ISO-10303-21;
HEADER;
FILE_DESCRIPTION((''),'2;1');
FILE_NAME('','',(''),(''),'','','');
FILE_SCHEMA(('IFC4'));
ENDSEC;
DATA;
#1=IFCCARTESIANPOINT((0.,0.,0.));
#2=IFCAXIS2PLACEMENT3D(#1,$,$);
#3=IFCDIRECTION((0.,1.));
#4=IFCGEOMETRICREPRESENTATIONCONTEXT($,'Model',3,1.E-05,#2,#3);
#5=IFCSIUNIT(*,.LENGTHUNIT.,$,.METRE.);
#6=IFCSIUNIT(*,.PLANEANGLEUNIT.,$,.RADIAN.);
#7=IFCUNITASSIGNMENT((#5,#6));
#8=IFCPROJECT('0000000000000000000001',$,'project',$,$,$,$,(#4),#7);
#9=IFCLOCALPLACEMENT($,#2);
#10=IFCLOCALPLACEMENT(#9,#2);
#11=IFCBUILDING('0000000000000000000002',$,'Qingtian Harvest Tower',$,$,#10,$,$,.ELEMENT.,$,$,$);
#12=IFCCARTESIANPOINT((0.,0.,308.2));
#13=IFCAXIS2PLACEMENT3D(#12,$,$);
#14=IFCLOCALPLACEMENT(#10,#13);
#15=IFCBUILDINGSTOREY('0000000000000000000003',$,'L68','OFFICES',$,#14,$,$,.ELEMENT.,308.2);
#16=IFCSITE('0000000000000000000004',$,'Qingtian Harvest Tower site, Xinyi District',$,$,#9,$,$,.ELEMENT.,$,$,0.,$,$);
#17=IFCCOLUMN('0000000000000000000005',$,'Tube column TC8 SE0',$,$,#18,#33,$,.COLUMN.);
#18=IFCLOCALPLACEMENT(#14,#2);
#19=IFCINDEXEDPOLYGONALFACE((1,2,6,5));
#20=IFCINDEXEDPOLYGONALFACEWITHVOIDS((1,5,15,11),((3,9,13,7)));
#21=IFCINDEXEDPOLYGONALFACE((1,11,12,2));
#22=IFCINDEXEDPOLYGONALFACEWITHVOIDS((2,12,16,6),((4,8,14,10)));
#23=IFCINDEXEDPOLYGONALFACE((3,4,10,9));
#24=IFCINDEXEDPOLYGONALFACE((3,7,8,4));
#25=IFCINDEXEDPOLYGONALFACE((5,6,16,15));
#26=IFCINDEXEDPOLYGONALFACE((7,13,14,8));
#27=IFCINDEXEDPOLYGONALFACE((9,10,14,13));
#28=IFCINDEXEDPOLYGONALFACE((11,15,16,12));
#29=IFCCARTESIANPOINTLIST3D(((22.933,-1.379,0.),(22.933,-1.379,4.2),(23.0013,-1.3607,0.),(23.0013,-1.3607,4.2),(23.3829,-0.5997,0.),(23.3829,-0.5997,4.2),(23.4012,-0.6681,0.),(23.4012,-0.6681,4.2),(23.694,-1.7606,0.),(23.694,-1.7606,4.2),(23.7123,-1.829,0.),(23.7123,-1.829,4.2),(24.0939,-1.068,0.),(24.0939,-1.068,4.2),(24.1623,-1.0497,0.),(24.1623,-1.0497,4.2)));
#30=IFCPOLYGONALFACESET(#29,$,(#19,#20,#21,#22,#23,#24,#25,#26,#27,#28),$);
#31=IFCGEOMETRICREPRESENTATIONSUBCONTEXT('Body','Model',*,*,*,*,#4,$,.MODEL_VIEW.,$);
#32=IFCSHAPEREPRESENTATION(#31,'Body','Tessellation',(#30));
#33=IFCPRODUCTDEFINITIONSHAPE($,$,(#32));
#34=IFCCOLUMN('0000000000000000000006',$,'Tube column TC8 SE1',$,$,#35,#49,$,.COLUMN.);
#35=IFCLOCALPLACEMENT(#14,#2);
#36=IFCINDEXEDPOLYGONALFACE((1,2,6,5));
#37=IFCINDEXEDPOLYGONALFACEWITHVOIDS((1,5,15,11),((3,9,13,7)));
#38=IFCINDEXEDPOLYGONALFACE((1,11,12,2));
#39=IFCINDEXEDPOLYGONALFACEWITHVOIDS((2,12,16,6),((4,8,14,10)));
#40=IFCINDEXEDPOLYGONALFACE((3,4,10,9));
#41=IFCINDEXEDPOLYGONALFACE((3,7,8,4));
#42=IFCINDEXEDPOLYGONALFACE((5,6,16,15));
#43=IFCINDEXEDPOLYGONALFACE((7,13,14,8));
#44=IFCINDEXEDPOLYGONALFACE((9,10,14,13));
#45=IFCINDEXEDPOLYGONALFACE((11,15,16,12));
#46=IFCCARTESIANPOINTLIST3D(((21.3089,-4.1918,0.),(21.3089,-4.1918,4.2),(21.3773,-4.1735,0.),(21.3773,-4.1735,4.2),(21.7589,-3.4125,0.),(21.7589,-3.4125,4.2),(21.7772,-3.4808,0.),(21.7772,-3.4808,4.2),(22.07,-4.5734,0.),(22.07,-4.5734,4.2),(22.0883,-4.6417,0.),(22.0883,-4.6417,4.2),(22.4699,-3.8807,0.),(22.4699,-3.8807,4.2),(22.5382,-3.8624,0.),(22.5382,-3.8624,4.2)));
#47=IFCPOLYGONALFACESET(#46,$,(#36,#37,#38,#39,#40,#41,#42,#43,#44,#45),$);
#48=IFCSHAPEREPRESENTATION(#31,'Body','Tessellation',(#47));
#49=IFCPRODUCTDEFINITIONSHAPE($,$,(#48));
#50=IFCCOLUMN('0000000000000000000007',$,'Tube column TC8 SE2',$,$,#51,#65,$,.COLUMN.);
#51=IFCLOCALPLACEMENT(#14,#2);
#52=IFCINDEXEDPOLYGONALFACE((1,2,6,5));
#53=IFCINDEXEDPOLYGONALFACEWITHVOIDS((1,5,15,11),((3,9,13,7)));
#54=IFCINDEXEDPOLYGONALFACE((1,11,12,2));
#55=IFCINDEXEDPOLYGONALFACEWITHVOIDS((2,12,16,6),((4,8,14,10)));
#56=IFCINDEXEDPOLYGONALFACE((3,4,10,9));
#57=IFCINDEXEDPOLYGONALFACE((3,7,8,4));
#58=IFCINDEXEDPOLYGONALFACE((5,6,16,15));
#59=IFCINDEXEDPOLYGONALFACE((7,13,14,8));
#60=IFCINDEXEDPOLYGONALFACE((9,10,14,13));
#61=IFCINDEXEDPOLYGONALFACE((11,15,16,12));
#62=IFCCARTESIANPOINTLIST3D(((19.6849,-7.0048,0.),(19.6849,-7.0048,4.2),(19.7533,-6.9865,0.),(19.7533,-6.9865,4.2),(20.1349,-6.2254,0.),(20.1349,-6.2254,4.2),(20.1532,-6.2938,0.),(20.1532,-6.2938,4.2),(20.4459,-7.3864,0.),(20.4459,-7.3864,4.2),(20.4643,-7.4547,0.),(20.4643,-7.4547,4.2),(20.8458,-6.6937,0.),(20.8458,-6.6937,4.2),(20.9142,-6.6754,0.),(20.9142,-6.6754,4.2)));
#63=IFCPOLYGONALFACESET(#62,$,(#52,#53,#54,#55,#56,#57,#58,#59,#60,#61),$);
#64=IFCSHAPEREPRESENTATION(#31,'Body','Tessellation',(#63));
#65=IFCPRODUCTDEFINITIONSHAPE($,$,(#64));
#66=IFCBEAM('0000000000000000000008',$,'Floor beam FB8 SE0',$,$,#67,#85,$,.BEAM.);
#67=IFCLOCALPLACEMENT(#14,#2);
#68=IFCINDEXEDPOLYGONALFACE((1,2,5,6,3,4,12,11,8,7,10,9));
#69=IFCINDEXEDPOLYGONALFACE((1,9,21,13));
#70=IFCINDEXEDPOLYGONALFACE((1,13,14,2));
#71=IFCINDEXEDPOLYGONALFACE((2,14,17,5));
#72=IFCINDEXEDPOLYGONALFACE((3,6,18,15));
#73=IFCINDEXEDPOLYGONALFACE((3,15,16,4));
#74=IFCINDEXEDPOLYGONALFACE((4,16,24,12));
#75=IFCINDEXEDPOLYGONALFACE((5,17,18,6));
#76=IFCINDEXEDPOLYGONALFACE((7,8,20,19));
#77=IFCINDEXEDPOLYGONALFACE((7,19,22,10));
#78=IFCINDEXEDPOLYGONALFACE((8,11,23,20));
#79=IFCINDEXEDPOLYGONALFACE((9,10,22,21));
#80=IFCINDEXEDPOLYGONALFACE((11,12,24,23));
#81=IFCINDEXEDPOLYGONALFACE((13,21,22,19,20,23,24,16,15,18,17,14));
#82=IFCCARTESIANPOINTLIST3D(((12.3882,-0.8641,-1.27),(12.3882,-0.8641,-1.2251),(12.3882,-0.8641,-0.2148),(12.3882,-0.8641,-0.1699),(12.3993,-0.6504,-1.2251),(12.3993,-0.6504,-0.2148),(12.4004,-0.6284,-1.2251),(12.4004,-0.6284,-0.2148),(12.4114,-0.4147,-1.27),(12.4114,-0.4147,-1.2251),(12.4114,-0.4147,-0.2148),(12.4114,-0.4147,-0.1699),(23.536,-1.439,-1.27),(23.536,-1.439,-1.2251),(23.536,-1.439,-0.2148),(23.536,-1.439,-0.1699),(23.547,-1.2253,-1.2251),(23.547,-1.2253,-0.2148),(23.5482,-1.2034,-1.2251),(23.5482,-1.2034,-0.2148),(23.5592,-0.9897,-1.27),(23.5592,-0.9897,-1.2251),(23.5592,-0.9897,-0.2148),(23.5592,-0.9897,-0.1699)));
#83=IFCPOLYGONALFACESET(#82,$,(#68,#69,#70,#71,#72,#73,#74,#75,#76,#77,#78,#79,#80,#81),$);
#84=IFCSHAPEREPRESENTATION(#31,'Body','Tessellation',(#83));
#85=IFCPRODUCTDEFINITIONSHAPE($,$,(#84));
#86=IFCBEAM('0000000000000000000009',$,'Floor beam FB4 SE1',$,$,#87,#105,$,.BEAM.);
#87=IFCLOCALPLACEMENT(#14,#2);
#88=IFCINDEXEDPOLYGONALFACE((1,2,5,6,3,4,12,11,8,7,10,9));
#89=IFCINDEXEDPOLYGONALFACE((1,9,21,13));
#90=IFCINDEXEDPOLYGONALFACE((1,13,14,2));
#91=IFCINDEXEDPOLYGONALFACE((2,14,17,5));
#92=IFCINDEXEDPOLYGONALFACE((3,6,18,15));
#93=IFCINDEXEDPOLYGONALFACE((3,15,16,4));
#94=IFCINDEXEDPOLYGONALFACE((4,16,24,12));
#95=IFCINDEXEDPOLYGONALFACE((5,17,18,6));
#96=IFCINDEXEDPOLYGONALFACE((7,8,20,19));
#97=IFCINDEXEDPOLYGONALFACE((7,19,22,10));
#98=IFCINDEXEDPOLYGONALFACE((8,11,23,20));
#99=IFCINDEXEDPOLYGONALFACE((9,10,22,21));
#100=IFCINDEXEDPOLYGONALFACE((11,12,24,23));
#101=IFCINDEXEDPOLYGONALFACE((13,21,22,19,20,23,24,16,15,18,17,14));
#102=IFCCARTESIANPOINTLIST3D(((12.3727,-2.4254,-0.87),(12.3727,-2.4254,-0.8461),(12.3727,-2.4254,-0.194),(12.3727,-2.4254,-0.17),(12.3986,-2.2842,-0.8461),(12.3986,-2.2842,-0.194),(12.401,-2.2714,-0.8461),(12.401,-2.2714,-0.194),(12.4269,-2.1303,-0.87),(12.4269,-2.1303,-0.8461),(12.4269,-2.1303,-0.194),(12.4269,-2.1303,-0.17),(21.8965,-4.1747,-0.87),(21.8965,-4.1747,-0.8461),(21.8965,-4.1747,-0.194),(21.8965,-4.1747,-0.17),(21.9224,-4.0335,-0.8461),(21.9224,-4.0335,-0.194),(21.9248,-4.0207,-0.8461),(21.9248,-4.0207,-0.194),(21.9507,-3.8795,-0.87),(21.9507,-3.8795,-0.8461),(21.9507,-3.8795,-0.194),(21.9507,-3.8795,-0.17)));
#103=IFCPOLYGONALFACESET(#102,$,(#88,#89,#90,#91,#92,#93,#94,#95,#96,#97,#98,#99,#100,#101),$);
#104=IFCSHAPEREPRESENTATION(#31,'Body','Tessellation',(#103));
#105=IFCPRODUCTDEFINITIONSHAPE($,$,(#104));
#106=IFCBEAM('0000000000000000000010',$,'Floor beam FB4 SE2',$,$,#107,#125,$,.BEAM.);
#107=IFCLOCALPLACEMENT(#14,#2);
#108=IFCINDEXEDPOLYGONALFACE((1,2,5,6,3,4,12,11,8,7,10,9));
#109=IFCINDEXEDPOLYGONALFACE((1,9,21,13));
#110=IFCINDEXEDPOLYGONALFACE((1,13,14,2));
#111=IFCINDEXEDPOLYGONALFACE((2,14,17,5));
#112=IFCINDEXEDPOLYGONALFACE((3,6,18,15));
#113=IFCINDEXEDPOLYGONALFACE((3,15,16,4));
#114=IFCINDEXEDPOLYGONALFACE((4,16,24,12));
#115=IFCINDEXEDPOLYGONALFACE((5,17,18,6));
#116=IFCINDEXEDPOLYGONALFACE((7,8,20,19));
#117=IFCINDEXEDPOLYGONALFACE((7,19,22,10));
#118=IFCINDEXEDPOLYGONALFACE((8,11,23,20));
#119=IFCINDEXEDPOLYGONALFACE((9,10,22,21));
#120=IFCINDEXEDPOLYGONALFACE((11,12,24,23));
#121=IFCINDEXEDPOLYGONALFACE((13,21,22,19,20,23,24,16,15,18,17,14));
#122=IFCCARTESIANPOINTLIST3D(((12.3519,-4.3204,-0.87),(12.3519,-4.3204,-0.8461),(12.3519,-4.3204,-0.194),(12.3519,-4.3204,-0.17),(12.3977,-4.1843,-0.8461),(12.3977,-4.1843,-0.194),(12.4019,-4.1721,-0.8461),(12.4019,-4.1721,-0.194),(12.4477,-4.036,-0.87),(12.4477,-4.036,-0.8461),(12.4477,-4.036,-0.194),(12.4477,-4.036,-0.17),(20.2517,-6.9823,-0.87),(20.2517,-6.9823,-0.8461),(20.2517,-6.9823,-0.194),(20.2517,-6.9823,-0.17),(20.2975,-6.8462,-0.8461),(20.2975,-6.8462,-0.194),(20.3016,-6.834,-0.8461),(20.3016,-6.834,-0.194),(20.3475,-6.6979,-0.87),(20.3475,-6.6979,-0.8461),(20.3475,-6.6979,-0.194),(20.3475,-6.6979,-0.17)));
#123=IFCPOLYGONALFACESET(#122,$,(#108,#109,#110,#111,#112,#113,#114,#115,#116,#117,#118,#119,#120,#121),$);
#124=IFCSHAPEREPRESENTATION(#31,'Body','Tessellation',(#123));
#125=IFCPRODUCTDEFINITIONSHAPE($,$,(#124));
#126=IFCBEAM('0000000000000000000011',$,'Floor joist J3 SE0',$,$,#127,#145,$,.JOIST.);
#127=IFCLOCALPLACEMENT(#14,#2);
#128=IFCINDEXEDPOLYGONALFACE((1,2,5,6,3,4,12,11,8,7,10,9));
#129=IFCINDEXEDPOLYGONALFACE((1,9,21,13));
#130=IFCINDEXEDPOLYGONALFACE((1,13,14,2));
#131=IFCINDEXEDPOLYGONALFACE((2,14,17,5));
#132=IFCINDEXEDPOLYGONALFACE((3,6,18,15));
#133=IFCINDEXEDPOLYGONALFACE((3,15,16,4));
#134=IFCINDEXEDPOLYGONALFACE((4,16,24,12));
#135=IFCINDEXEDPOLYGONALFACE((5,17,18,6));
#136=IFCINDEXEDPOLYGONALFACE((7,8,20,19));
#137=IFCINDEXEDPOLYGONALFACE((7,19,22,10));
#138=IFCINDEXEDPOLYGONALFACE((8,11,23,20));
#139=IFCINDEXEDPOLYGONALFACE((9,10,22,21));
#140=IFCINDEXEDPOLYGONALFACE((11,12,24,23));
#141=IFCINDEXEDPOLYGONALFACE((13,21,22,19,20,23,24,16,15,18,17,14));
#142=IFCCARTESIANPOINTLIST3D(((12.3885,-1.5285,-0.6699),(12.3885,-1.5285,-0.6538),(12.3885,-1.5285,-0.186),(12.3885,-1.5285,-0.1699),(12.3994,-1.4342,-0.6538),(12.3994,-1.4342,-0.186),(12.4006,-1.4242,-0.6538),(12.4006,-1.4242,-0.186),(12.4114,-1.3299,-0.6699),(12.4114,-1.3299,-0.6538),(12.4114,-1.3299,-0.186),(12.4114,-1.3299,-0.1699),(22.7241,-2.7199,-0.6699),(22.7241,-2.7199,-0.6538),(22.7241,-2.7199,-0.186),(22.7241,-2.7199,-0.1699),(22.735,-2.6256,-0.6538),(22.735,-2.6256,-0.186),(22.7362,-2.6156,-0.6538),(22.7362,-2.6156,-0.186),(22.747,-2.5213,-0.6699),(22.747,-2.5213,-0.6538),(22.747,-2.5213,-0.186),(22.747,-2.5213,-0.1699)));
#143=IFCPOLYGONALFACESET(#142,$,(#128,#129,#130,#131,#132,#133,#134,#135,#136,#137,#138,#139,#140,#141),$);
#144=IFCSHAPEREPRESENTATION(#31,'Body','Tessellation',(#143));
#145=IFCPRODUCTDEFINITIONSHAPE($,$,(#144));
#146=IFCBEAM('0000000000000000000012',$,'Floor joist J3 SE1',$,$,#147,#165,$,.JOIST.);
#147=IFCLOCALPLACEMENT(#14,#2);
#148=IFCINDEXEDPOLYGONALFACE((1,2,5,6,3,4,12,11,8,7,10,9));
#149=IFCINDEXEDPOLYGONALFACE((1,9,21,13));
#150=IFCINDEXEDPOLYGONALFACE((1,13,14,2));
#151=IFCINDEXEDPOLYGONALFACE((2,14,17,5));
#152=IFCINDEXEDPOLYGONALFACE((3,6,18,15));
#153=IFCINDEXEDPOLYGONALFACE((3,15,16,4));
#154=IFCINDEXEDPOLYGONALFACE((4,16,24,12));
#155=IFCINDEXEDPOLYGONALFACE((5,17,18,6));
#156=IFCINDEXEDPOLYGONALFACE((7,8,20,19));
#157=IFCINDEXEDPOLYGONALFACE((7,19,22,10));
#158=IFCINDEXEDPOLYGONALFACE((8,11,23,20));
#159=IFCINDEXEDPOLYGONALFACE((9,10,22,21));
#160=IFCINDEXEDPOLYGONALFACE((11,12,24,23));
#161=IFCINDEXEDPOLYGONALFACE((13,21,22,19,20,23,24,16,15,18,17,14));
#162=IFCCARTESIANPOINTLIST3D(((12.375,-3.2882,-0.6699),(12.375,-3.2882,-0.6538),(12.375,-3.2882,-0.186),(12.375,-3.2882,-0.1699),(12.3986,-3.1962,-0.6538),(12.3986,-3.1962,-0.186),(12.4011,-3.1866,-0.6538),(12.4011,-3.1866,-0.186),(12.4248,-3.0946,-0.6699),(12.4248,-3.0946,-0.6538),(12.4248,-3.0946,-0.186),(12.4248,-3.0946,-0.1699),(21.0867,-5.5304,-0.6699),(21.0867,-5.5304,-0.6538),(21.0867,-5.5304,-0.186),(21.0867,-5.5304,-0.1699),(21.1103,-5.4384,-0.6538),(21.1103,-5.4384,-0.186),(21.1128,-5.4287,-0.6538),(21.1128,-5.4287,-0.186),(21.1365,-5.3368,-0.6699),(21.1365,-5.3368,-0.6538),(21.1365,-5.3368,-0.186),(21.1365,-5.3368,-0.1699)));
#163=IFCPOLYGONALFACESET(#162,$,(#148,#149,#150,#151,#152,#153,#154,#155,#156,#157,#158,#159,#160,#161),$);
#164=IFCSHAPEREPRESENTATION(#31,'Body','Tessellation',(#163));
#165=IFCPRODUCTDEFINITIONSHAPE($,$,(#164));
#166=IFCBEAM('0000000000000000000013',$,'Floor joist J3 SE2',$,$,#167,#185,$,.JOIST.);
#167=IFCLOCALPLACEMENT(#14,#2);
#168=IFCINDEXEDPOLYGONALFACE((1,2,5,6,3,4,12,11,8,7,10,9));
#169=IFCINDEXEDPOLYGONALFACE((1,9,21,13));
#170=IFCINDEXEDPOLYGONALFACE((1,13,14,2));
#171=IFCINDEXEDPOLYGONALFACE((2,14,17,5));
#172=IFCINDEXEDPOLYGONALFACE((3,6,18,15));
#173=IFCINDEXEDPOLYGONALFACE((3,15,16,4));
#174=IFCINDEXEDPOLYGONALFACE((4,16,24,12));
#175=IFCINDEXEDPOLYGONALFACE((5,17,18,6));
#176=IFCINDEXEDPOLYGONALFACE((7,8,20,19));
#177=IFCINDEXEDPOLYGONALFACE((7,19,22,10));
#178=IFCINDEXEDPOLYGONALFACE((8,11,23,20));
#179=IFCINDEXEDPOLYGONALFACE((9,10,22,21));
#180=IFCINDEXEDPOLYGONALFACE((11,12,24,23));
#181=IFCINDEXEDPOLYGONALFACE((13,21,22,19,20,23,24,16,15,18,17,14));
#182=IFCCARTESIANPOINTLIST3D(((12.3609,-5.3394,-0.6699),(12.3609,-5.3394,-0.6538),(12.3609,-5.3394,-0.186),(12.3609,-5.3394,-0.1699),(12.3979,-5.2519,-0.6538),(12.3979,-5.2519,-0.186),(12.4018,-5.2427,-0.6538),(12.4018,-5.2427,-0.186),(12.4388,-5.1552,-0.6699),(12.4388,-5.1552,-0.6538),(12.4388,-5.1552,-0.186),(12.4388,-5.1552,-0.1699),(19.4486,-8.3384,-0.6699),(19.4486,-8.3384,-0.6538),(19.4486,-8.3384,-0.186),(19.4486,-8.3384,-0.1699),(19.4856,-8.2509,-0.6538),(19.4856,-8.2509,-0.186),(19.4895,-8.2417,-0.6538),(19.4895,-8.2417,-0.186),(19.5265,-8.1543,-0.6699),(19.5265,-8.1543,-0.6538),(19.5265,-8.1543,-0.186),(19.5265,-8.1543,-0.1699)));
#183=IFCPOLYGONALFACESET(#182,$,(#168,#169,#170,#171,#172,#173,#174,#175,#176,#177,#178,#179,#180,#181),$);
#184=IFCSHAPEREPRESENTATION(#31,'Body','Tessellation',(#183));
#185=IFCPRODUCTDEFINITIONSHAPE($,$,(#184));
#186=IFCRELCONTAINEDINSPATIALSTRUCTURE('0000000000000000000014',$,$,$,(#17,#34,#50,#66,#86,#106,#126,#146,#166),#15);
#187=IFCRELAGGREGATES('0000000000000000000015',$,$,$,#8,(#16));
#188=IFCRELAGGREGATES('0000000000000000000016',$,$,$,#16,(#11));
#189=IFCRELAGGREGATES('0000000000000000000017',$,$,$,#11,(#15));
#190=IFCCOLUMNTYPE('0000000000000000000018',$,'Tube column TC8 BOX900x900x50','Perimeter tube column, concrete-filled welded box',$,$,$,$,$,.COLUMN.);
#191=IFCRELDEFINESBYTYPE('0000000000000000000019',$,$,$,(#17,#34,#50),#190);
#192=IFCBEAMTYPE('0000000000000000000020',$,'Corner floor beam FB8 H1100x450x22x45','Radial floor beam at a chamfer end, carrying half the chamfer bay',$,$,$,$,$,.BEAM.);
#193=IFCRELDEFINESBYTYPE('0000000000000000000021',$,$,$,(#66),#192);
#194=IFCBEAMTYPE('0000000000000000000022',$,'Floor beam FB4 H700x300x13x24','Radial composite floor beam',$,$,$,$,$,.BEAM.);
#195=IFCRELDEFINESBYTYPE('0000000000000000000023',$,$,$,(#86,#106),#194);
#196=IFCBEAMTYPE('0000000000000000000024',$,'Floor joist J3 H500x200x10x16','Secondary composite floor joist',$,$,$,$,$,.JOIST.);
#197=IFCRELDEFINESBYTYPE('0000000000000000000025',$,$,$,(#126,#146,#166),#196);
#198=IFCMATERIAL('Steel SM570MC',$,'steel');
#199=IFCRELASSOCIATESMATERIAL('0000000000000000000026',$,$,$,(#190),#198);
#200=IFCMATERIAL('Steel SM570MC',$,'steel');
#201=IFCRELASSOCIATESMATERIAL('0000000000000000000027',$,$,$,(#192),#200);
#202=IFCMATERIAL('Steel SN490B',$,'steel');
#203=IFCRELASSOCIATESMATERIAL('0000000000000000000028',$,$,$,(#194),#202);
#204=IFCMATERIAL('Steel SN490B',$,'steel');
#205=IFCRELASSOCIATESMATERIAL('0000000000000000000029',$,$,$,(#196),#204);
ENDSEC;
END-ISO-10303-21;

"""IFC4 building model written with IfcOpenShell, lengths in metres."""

from ifc_helpers import new_model, si_unit, direction, frame, origin, origin_2d, place, context, subcontext, project, spatial, hollow_rectangle, i_section, extrude, material, material_profile, profile_set, type_object, element, save


model = new_model("IFC4")

# Units and contexts
model_context = context("Model", 3, precision=1e-05, world=origin(), true_north=direction((0.0, 1.0)))
body_context = subcontext(model_context, "Body", "Model", "MODEL_VIEW")
ifc_project = project(units=[si_unit("LENGTHUNIT", "METRE"), si_unit("PLANEANGLEUNIT", "RADIAN")], contexts=[model_context])

# Site, building, storey
site_placement = place(None, origin())
site = spatial("IfcSite", under=ifc_project, at=site_placement, Name="Qingtian Harvest Tower site, Xinyi District", CompositionType="ELEMENT", RefElevation=0.0)
building_placement = place(site_placement, origin())
building = spatial("IfcBuilding", under=site, at=building_placement, Name="Qingtian Harvest Tower", CompositionType="ELEMENT")
storey_placement = place(building_placement, frame((0.0, 0.0, 308.2)))
storey = spatial("IfcBuildingStorey", under=building, at=storey_placement, Name="L68", Description="OFFICES", CompositionType="ELEMENT", Elevation=308.2)

# Columns
ifc_material_1 = material(Name="Steel SM570MC", Category="steel")
ifc_material_profile_1 = material_profile(ifc_material_1, hollow_rectangle(XDim=0.8999, YDim=0.8999, WallThickness=0.05, at=origin_2d()), Name="BOX900x900x50")
ifc_profile_set_1 = profile_set([ifc_material_profile_1], Name="Steel SM570MC")
column_type = type_object("IfcColumnType", Name="Tube column TC8 BOX900x900x50", Description="Perimeter tube column, concrete-filled welded box", PredefinedType="COLUMN", material=ifc_profile_set_1)
for number, where, z_axis, x_axis, name in (
    (1, (23.5476, -1.2144, 0.0), (0.0, 0.0, 1.0), (0.5, 0.866025, 0.0), "Tube column TC8 SE0"),
    (2, (21.9236, -4.0271, 0.0), (0.0, 0.0, 1.0), (0.5, 0.866025, 0.0), "Tube column TC8 SE1"),
    (3, (20.2996, -6.8401, 0.0), (0.0, 0.0, 1.0), (0.5, 0.866025, 0.0), "Tube column TC8 SE2"),
):
    element("IfcColumn", number, at=place(storey_placement, frame(where, z_axis=z_axis, x_axis=x_axis)), inside=storey, type_object=column_type, Name=name, PredefinedType="COLUMN", context=body_context, shape_type="SweptSolid", body=[
        extrude(hollow_rectangle(XDim=0.8999, YDim=0.8999, WallThickness=0.05, at=origin_2d()), origin(), (0.0, 0.0, 1.0), 4.2),
    ])

# Beams
ifc_material_2 = material(Name="Steel SM570MC", Category="steel")
ifc_material_profile_2 = material_profile(ifc_material_2, i_section(OverallWidth=0.45, OverallDepth=1.1001, WebThickness=0.022, FlangeThickness=0.0449, at=origin_2d()), Name="H1100x450x22x45")
ifc_profile_set_2 = profile_set([ifc_material_profile_2], Name="Steel SM570MC")
beam_type_1 = type_object("IfcBeamType", Name="Corner floor beam FB8 H1100x450x22x45", Description="Radial floor beam at a chamfer end, carrying half the chamfer bay", PredefinedType="BEAM", material=ifc_profile_set_2)
beam_1_placement = place(storey_placement, frame((23.5476, -1.2144, -0.72), z_axis=(-0.998673, 0.051507, 0.0), x_axis=(-0.051507, -0.998673, 0.0)))
element("IfcBeam", 4, at=beam_1_placement, inside=storey, type_object=beam_type_1, Name="Floor beam FB8 SE0", PredefinedType="BEAM", context=body_context, shape_type="SweptSolid", body=[
    extrude(i_section(OverallWidth=0.45, OverallDepth=1.1001, WebThickness=0.022, FlangeThickness=0.0449, at=origin_2d()), origin(), (0.0, 0.0, 1.0), 11.1626),
])
ifc_material_3 = material(Name="Steel SN490B", Category="steel")
ifc_material_profile_3 = material_profile(ifc_material_3, i_section(OverallWidth=0.3, OverallDepth=0.7, WebThickness=0.0129, FlangeThickness=0.0239, at=origin_2d()), Name="H700x300x13x24")
ifc_profile_set_3 = profile_set([ifc_material_profile_3], Name="Steel SN490B")
beam_type_2 = type_object("IfcBeamType", Name="Floor beam FB4 H700x300x13x24", Description="Radial composite floor beam", PredefinedType="BEAM", material=ifc_profile_set_3)
beam_2_placement = place(storey_placement, frame((21.9236, -4.0271, -0.52), z_axis=(-0.983547, 0.180654, 0.0), x_axis=(-0.180654, -0.983547, 0.0)))
element("IfcBeam", 5, at=beam_2_placement, inside=storey, type_object=beam_type_2, Name="Floor beam FB4 SE1", PredefinedType="BEAM", context=body_context, shape_type="SweptSolid", body=[
    extrude(i_section(OverallWidth=0.3, OverallDepth=0.7, WebThickness=0.0129, FlangeThickness=0.0239, at=origin_2d()), origin(), (0.0, 0.0, 1.0), 9.6831),
])
beam_3_placement = place(storey_placement, frame((20.2996, -6.8401, -0.52), z_axis=(-0.947647, 0.319319, 0.0), x_axis=(-0.319319, -0.947647, 0.0)))
element("IfcBeam", 6, at=beam_3_placement, inside=storey, type_object=beam_type_2, Name="Floor beam FB4 SE2", PredefinedType="BEAM", context=body_context, shape_type="SweptSolid", body=[
    extrude(i_section(OverallWidth=0.3, OverallDepth=0.7, WebThickness=0.0129, FlangeThickness=0.0239, at=origin_2d()), origin(), (0.0, 0.0, 1.0), 8.3362),
])
ifc_material_4 = material(Name="Steel SN490B", Category="steel")
ifc_material_profile_4 = material_profile(ifc_material_4, i_section(OverallWidth=0.2, OverallDepth=0.5, WebThickness=0.01, FlangeThickness=0.0161, at=origin_2d()), Name="H500x200x10x16")
ifc_profile_set_4 = profile_set([ifc_material_profile_4], Name="Steel SN490B")
beam_type_3 = type_object("IfcBeamType", Name="Floor joist J3 H500x200x10x16", Description="Secondary composite floor joist", PredefinedType="JOIST", material=ifc_profile_set_4)
beam_4_placement = place(storey_placement, frame((22.7356, -2.6206, -0.4199), z_axis=(-0.993422, 0.114513, 0.0), x_axis=(-0.114513, -0.993422, 0.0)))
element("IfcBeam", 7, at=beam_4_placement, inside=storey, type_object=beam_type_3, Name="Floor joist J3 SE0", PredefinedType="JOIST", context=body_context, shape_type="SweptSolid", body=[
    extrude(i_section(OverallWidth=0.2, OverallDepth=0.5, WebThickness=0.01, FlangeThickness=0.0161, at=origin_2d()), origin(), (0.0, 0.0, 1.0), 10.4041),
])
beam_5_placement = place(storey_placement, frame((21.1116, -5.4336, -0.4199), z_axis=(-0.968438, 0.249254, 0.0), x_axis=(-0.249254, -0.968438, 0.0)))
element("IfcBeam", 8, at=beam_5_placement, inside=storey, type_object=beam_type_3, Name="Floor joist J3 SE1", PredefinedType="JOIST", context=body_context, shape_type="SweptSolid", body=[
    extrude(i_section(OverallWidth=0.2, OverallDepth=0.5, WebThickness=0.01, FlangeThickness=0.0161, at=origin_2d()), origin(), (0.0, 0.0, 1.0), 8.9956),
])
beam_6_placement = place(storey_placement, frame((19.4875, -8.2463, -0.4199), z_axis=(-0.920948, 0.389684, 0.0), x_axis=(-0.389684, -0.920948, 0.0)))
element("IfcBeam", 9, at=beam_6_placement, inside=storey, type_object=beam_type_3, Name="Floor joist J3 SE2", PredefinedType="JOIST", context=body_context, shape_type="SweptSolid", body=[
    extrude(i_section(OverallWidth=0.2, OverallDepth=0.5, WebThickness=0.01, FlangeThickness=0.0161, at=origin_2d()), origin(), (0.0, 0.0, 1.0), 7.696),
])

save(model, "model.ifc")
